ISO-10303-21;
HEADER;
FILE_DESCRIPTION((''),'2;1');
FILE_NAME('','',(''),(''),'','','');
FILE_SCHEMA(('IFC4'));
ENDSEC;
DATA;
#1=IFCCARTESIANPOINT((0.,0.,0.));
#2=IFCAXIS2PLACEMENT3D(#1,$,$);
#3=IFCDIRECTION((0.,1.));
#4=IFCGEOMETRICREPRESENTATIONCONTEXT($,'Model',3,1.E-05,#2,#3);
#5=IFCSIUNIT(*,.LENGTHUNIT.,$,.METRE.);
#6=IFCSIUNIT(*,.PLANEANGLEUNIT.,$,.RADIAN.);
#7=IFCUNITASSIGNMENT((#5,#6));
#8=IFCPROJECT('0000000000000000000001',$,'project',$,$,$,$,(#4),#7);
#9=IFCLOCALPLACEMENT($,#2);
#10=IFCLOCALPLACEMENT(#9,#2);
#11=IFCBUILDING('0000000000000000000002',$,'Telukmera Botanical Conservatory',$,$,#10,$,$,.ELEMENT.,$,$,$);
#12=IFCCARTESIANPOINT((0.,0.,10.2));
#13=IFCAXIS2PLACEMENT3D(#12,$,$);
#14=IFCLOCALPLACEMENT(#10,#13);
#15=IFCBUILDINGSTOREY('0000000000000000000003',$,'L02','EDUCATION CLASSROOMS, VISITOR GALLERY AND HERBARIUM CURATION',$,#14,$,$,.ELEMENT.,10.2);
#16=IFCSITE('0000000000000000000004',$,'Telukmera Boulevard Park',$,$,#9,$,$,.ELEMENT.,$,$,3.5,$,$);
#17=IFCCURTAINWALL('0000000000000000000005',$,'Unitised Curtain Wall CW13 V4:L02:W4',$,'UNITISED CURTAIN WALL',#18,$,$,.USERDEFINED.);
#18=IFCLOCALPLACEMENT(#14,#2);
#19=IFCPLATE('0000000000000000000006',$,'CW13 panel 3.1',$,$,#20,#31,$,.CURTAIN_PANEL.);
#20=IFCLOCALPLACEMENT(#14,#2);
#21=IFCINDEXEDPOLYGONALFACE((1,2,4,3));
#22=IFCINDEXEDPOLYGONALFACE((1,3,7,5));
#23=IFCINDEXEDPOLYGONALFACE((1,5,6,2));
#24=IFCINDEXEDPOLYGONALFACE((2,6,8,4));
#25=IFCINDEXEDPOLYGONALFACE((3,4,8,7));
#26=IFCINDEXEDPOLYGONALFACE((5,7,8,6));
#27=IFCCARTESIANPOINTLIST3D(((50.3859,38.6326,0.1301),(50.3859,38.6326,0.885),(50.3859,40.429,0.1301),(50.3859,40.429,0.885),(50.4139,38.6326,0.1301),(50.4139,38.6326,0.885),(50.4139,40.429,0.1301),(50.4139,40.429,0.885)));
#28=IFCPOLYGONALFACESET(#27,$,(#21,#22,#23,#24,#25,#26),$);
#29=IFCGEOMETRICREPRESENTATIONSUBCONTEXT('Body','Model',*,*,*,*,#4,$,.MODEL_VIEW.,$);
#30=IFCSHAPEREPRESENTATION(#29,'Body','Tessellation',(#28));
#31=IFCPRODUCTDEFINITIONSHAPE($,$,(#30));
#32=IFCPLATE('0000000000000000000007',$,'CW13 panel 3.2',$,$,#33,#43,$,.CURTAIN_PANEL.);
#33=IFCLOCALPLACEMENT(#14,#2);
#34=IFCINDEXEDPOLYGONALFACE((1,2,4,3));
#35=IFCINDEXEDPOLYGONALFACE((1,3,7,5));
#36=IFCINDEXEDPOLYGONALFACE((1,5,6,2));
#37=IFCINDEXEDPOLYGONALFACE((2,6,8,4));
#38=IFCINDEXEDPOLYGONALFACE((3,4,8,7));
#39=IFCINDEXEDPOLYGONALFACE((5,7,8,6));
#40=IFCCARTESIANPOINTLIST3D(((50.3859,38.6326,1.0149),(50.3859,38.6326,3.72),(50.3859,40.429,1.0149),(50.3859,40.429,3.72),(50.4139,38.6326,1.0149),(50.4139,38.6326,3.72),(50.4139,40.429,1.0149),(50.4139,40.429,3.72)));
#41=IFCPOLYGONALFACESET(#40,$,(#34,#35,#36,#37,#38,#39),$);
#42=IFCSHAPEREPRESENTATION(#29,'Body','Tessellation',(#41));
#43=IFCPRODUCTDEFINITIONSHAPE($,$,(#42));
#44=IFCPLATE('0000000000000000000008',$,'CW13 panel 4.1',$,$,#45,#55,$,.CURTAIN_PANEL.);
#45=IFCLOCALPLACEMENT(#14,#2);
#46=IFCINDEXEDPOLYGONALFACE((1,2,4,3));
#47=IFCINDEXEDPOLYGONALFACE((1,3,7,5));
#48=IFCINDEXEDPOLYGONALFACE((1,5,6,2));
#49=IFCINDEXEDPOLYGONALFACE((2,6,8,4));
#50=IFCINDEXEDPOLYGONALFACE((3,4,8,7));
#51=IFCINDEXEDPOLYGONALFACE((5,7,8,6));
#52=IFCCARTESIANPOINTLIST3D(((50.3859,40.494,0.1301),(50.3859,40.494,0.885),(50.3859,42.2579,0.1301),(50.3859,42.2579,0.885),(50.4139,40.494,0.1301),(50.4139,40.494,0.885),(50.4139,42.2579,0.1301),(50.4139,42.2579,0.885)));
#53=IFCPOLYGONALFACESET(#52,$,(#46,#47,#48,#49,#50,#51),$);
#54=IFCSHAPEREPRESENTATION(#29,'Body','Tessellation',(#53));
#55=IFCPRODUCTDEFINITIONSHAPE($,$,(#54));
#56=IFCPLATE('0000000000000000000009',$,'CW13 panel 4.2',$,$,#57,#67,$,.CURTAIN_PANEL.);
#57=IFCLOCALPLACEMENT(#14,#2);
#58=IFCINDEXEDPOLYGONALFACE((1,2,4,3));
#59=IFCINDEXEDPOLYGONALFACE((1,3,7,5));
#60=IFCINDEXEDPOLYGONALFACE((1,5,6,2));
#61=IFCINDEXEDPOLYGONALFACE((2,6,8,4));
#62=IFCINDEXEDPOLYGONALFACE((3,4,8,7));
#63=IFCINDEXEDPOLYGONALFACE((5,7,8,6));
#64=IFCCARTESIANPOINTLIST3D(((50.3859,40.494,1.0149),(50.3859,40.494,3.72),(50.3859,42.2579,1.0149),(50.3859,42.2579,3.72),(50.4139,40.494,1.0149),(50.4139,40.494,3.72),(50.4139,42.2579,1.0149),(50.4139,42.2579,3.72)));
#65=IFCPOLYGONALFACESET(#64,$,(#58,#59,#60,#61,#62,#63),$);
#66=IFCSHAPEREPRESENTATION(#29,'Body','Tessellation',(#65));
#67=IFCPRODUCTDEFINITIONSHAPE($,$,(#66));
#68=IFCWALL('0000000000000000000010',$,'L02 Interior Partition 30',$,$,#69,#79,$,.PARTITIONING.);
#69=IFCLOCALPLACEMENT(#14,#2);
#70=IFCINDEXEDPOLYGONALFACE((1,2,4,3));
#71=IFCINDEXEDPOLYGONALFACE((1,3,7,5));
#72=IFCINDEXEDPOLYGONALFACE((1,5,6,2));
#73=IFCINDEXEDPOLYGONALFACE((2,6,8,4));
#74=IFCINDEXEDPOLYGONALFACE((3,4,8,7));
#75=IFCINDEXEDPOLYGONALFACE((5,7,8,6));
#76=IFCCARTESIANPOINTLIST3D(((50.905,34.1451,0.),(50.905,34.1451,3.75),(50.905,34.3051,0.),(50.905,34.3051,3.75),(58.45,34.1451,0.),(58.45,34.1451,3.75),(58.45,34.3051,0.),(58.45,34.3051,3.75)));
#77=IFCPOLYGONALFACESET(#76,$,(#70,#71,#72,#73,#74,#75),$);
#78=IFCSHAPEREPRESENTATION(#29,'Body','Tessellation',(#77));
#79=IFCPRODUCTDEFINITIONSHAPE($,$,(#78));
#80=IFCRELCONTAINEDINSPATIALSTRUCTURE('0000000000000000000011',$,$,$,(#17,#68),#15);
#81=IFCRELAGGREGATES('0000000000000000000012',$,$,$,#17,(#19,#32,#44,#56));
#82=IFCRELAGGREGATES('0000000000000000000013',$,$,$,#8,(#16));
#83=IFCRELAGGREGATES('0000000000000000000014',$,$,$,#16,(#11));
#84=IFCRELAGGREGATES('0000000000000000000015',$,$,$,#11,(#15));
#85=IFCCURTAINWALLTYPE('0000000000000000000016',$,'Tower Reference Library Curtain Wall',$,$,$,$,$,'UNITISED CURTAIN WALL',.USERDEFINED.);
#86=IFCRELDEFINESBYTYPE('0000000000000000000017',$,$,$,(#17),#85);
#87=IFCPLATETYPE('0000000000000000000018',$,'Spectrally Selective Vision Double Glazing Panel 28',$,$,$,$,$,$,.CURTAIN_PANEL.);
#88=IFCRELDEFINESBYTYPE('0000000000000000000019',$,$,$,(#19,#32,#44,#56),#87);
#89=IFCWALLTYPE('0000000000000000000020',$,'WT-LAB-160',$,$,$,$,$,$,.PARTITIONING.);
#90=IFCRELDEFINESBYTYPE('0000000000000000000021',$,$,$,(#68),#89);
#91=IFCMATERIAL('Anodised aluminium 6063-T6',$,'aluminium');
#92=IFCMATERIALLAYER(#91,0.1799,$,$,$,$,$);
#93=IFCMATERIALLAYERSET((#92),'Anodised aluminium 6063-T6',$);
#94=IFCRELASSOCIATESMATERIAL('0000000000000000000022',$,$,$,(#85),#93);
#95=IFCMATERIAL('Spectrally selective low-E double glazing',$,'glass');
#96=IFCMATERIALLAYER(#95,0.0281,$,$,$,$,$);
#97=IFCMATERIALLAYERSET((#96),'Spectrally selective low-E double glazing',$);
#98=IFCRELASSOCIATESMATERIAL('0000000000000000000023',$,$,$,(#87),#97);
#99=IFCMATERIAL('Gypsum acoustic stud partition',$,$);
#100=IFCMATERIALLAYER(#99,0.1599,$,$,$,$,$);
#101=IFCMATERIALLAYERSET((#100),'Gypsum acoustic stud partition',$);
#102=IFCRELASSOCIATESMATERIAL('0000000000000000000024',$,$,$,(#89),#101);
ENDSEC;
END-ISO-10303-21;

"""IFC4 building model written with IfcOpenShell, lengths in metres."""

from ifc_helpers import new_model, si_unit, direction, frame, frame_2d, origin, origin_2d, place, context, subcontext, project, spatial, rectangle, extrude, material, layer, layer_set, type_object, element, aggregate, save


model = new_model("IFC4")

# Units and contexts
model_context = context("Model", 3, precision=1e-05, world=origin(), true_north=direction((0.0, 1.0)))
body_context = subcontext(model_context, "Body", "Model", "MODEL_VIEW")
ifc_project = project(units=[si_unit("LENGTHUNIT", "METRE"), si_unit("PLANEANGLEUNIT", "RADIAN")], contexts=[model_context])

# Site, building, storey
site_placement = place(None, origin())
site = spatial("IfcSite", under=ifc_project, at=site_placement, Name="Telukmera Boulevard Park", CompositionType="ELEMENT", RefElevation=3.5)
building_placement = place(site_placement, origin())
building = spatial("IfcBuilding", under=site, at=building_placement, Name="Telukmera Botanical Conservatory", CompositionType="ELEMENT")
storey_placement = place(building_placement, frame((0.0, 0.0, 10.2)))
storey = spatial("IfcBuildingStorey", under=building, at=storey_placement, Name="L02", Description="EDUCATION CLASSROOMS, VISITOR GALLERY AND HERBARIUM CURATION", CompositionType="ELEMENT", Elevation=10.2)

# Shared definitions
ifc_material_1 = material(Name="Anodised aluminium 6063-T6", Category="aluminium")
ifc_layer_1 = layer(ifc_material_1, 0.1799)
ifc_layer_set_1 = layer_set([ifc_layer_1], Name="Anodised aluminium 6063-T6")
curtain_wall_type = type_object("IfcCurtainWallType", Name="Tower Reference Library Curtain Wall", ElementType="UNITISED CURTAIN WALL", PredefinedType="USERDEFINED", material=ifc_layer_set_1)

# Curtain wall
curtain_wall_1_placement = place(storey_placement, origin())
curtain_wall_1 = element("IfcCurtainWall", 1, at=curtain_wall_1_placement, inside=storey, type_object=curtain_wall_type, Name="Unitised Curtain Wall CW13 V4:L02:W4", ObjectType="UNITISED CURTAIN WALL", PredefinedType="USERDEFINED")

# Plates
ifc_material_2 = material(Name="Spectrally selective low-E double glazing", Category="glass")
ifc_layer_2 = layer(ifc_material_2, 0.0281)
ifc_layer_set_2 = layer_set([ifc_layer_2], Name="Spectrally selective low-E double glazing")
plate_type = type_object("IfcPlateType", Name="Spectrally Selective Vision Double Glazing Panel 28", PredefinedType="CURTAIN_PANEL", material=ifc_layer_set_2)
plate_1_placement = place(storey_placement, frame((50.3999, 39.5308, 0.1301), z_axis=(0.0, 0.0, 1.0), x_axis=(0.0, 1.0, 0.0)))
plate_1 = element("IfcPlate", 2, at=plate_1_placement, type_object=plate_type, Name="CW13 panel 3.1", PredefinedType="CURTAIN_PANEL", context=body_context, shape_type="SweptSolid", body=[
    extrude(rectangle(XDim=1.7964, YDim=0.0281, at=origin_2d()), origin(), (0.0, 0.0, 1.0), 0.7549),
])
plate_2_placement = place(storey_placement, frame((50.3999, 39.5308, 1.0149), z_axis=(0.0, 0.0, 1.0), x_axis=(0.0, 1.0, 0.0)))
plate_2 = element("IfcPlate", 3, at=plate_2_placement, type_object=plate_type, Name="CW13 panel 3.2", PredefinedType="CURTAIN_PANEL", context=body_context, shape_type="SweptSolid", body=[
    extrude(rectangle(XDim=1.7964, YDim=0.0281, at=origin_2d()), origin(), (0.0, 0.0, 1.0), 2.7051),
])
plate_3_placement = place(storey_placement, frame((50.3999, 41.376, 0.1301), z_axis=(0.0, 0.0, 1.0), x_axis=(0.0, 1.0, 0.0)))
plate_3 = element("IfcPlate", 4, at=plate_3_placement, type_object=plate_type, Name="CW13 panel 4.1", PredefinedType="CURTAIN_PANEL", context=body_context, shape_type="SweptSolid", body=[
    extrude(rectangle(XDim=1.7639, YDim=0.0281, at=origin_2d()), origin(), (0.0, 0.0, 1.0), 0.7549),
])
plate_4_placement = place(storey_placement, frame((50.3999, 41.376, 1.0149), z_axis=(0.0, 0.0, 1.0), x_axis=(0.0, 1.0, 0.0)))
plate_4 = element("IfcPlate", 5, at=plate_4_placement, type_object=plate_type, Name="CW13 panel 4.2", PredefinedType="CURTAIN_PANEL", context=body_context, shape_type="SweptSolid", body=[
    extrude(rectangle(XDim=1.7639, YDim=0.0281, at=origin_2d()), origin(), (0.0, 0.0, 1.0), 2.7051),
])
aggregate(curtain_wall_1, [plate_1, plate_2, plate_3, plate_4])

# Wall
ifc_material_3 = material(Name="Gypsum acoustic stud partition")
ifc_layer_3 = layer(ifc_material_3, 0.1599)
ifc_layer_set_3 = layer_set([ifc_layer_3], Name="Gypsum acoustic stud partition")
wall_type = type_object("IfcWallType", Name="WT-LAB-160", PredefinedType="PARTITIONING", material=ifc_layer_set_3)
wall_placement = place(storey_placement, frame((50.905, 34.2251, 0.0), z_axis=(0.0, 0.0, 1.0), x_axis=(1.0, 0.0, 0.0)))
element("IfcWall", 6, at=wall_placement, inside=storey, type_object=wall_type, Name="L02 Interior Partition 30", PredefinedType="PARTITIONING", context=body_context, shape_type="SweptSolid", body=[
    extrude(rectangle(XDim=7.5449, YDim=0.1599, at=frame_2d((3.7725, 0.0))), origin(), (0.0, 0.0, 1.0), 3.75),
])

save(model, "model.ifc")
